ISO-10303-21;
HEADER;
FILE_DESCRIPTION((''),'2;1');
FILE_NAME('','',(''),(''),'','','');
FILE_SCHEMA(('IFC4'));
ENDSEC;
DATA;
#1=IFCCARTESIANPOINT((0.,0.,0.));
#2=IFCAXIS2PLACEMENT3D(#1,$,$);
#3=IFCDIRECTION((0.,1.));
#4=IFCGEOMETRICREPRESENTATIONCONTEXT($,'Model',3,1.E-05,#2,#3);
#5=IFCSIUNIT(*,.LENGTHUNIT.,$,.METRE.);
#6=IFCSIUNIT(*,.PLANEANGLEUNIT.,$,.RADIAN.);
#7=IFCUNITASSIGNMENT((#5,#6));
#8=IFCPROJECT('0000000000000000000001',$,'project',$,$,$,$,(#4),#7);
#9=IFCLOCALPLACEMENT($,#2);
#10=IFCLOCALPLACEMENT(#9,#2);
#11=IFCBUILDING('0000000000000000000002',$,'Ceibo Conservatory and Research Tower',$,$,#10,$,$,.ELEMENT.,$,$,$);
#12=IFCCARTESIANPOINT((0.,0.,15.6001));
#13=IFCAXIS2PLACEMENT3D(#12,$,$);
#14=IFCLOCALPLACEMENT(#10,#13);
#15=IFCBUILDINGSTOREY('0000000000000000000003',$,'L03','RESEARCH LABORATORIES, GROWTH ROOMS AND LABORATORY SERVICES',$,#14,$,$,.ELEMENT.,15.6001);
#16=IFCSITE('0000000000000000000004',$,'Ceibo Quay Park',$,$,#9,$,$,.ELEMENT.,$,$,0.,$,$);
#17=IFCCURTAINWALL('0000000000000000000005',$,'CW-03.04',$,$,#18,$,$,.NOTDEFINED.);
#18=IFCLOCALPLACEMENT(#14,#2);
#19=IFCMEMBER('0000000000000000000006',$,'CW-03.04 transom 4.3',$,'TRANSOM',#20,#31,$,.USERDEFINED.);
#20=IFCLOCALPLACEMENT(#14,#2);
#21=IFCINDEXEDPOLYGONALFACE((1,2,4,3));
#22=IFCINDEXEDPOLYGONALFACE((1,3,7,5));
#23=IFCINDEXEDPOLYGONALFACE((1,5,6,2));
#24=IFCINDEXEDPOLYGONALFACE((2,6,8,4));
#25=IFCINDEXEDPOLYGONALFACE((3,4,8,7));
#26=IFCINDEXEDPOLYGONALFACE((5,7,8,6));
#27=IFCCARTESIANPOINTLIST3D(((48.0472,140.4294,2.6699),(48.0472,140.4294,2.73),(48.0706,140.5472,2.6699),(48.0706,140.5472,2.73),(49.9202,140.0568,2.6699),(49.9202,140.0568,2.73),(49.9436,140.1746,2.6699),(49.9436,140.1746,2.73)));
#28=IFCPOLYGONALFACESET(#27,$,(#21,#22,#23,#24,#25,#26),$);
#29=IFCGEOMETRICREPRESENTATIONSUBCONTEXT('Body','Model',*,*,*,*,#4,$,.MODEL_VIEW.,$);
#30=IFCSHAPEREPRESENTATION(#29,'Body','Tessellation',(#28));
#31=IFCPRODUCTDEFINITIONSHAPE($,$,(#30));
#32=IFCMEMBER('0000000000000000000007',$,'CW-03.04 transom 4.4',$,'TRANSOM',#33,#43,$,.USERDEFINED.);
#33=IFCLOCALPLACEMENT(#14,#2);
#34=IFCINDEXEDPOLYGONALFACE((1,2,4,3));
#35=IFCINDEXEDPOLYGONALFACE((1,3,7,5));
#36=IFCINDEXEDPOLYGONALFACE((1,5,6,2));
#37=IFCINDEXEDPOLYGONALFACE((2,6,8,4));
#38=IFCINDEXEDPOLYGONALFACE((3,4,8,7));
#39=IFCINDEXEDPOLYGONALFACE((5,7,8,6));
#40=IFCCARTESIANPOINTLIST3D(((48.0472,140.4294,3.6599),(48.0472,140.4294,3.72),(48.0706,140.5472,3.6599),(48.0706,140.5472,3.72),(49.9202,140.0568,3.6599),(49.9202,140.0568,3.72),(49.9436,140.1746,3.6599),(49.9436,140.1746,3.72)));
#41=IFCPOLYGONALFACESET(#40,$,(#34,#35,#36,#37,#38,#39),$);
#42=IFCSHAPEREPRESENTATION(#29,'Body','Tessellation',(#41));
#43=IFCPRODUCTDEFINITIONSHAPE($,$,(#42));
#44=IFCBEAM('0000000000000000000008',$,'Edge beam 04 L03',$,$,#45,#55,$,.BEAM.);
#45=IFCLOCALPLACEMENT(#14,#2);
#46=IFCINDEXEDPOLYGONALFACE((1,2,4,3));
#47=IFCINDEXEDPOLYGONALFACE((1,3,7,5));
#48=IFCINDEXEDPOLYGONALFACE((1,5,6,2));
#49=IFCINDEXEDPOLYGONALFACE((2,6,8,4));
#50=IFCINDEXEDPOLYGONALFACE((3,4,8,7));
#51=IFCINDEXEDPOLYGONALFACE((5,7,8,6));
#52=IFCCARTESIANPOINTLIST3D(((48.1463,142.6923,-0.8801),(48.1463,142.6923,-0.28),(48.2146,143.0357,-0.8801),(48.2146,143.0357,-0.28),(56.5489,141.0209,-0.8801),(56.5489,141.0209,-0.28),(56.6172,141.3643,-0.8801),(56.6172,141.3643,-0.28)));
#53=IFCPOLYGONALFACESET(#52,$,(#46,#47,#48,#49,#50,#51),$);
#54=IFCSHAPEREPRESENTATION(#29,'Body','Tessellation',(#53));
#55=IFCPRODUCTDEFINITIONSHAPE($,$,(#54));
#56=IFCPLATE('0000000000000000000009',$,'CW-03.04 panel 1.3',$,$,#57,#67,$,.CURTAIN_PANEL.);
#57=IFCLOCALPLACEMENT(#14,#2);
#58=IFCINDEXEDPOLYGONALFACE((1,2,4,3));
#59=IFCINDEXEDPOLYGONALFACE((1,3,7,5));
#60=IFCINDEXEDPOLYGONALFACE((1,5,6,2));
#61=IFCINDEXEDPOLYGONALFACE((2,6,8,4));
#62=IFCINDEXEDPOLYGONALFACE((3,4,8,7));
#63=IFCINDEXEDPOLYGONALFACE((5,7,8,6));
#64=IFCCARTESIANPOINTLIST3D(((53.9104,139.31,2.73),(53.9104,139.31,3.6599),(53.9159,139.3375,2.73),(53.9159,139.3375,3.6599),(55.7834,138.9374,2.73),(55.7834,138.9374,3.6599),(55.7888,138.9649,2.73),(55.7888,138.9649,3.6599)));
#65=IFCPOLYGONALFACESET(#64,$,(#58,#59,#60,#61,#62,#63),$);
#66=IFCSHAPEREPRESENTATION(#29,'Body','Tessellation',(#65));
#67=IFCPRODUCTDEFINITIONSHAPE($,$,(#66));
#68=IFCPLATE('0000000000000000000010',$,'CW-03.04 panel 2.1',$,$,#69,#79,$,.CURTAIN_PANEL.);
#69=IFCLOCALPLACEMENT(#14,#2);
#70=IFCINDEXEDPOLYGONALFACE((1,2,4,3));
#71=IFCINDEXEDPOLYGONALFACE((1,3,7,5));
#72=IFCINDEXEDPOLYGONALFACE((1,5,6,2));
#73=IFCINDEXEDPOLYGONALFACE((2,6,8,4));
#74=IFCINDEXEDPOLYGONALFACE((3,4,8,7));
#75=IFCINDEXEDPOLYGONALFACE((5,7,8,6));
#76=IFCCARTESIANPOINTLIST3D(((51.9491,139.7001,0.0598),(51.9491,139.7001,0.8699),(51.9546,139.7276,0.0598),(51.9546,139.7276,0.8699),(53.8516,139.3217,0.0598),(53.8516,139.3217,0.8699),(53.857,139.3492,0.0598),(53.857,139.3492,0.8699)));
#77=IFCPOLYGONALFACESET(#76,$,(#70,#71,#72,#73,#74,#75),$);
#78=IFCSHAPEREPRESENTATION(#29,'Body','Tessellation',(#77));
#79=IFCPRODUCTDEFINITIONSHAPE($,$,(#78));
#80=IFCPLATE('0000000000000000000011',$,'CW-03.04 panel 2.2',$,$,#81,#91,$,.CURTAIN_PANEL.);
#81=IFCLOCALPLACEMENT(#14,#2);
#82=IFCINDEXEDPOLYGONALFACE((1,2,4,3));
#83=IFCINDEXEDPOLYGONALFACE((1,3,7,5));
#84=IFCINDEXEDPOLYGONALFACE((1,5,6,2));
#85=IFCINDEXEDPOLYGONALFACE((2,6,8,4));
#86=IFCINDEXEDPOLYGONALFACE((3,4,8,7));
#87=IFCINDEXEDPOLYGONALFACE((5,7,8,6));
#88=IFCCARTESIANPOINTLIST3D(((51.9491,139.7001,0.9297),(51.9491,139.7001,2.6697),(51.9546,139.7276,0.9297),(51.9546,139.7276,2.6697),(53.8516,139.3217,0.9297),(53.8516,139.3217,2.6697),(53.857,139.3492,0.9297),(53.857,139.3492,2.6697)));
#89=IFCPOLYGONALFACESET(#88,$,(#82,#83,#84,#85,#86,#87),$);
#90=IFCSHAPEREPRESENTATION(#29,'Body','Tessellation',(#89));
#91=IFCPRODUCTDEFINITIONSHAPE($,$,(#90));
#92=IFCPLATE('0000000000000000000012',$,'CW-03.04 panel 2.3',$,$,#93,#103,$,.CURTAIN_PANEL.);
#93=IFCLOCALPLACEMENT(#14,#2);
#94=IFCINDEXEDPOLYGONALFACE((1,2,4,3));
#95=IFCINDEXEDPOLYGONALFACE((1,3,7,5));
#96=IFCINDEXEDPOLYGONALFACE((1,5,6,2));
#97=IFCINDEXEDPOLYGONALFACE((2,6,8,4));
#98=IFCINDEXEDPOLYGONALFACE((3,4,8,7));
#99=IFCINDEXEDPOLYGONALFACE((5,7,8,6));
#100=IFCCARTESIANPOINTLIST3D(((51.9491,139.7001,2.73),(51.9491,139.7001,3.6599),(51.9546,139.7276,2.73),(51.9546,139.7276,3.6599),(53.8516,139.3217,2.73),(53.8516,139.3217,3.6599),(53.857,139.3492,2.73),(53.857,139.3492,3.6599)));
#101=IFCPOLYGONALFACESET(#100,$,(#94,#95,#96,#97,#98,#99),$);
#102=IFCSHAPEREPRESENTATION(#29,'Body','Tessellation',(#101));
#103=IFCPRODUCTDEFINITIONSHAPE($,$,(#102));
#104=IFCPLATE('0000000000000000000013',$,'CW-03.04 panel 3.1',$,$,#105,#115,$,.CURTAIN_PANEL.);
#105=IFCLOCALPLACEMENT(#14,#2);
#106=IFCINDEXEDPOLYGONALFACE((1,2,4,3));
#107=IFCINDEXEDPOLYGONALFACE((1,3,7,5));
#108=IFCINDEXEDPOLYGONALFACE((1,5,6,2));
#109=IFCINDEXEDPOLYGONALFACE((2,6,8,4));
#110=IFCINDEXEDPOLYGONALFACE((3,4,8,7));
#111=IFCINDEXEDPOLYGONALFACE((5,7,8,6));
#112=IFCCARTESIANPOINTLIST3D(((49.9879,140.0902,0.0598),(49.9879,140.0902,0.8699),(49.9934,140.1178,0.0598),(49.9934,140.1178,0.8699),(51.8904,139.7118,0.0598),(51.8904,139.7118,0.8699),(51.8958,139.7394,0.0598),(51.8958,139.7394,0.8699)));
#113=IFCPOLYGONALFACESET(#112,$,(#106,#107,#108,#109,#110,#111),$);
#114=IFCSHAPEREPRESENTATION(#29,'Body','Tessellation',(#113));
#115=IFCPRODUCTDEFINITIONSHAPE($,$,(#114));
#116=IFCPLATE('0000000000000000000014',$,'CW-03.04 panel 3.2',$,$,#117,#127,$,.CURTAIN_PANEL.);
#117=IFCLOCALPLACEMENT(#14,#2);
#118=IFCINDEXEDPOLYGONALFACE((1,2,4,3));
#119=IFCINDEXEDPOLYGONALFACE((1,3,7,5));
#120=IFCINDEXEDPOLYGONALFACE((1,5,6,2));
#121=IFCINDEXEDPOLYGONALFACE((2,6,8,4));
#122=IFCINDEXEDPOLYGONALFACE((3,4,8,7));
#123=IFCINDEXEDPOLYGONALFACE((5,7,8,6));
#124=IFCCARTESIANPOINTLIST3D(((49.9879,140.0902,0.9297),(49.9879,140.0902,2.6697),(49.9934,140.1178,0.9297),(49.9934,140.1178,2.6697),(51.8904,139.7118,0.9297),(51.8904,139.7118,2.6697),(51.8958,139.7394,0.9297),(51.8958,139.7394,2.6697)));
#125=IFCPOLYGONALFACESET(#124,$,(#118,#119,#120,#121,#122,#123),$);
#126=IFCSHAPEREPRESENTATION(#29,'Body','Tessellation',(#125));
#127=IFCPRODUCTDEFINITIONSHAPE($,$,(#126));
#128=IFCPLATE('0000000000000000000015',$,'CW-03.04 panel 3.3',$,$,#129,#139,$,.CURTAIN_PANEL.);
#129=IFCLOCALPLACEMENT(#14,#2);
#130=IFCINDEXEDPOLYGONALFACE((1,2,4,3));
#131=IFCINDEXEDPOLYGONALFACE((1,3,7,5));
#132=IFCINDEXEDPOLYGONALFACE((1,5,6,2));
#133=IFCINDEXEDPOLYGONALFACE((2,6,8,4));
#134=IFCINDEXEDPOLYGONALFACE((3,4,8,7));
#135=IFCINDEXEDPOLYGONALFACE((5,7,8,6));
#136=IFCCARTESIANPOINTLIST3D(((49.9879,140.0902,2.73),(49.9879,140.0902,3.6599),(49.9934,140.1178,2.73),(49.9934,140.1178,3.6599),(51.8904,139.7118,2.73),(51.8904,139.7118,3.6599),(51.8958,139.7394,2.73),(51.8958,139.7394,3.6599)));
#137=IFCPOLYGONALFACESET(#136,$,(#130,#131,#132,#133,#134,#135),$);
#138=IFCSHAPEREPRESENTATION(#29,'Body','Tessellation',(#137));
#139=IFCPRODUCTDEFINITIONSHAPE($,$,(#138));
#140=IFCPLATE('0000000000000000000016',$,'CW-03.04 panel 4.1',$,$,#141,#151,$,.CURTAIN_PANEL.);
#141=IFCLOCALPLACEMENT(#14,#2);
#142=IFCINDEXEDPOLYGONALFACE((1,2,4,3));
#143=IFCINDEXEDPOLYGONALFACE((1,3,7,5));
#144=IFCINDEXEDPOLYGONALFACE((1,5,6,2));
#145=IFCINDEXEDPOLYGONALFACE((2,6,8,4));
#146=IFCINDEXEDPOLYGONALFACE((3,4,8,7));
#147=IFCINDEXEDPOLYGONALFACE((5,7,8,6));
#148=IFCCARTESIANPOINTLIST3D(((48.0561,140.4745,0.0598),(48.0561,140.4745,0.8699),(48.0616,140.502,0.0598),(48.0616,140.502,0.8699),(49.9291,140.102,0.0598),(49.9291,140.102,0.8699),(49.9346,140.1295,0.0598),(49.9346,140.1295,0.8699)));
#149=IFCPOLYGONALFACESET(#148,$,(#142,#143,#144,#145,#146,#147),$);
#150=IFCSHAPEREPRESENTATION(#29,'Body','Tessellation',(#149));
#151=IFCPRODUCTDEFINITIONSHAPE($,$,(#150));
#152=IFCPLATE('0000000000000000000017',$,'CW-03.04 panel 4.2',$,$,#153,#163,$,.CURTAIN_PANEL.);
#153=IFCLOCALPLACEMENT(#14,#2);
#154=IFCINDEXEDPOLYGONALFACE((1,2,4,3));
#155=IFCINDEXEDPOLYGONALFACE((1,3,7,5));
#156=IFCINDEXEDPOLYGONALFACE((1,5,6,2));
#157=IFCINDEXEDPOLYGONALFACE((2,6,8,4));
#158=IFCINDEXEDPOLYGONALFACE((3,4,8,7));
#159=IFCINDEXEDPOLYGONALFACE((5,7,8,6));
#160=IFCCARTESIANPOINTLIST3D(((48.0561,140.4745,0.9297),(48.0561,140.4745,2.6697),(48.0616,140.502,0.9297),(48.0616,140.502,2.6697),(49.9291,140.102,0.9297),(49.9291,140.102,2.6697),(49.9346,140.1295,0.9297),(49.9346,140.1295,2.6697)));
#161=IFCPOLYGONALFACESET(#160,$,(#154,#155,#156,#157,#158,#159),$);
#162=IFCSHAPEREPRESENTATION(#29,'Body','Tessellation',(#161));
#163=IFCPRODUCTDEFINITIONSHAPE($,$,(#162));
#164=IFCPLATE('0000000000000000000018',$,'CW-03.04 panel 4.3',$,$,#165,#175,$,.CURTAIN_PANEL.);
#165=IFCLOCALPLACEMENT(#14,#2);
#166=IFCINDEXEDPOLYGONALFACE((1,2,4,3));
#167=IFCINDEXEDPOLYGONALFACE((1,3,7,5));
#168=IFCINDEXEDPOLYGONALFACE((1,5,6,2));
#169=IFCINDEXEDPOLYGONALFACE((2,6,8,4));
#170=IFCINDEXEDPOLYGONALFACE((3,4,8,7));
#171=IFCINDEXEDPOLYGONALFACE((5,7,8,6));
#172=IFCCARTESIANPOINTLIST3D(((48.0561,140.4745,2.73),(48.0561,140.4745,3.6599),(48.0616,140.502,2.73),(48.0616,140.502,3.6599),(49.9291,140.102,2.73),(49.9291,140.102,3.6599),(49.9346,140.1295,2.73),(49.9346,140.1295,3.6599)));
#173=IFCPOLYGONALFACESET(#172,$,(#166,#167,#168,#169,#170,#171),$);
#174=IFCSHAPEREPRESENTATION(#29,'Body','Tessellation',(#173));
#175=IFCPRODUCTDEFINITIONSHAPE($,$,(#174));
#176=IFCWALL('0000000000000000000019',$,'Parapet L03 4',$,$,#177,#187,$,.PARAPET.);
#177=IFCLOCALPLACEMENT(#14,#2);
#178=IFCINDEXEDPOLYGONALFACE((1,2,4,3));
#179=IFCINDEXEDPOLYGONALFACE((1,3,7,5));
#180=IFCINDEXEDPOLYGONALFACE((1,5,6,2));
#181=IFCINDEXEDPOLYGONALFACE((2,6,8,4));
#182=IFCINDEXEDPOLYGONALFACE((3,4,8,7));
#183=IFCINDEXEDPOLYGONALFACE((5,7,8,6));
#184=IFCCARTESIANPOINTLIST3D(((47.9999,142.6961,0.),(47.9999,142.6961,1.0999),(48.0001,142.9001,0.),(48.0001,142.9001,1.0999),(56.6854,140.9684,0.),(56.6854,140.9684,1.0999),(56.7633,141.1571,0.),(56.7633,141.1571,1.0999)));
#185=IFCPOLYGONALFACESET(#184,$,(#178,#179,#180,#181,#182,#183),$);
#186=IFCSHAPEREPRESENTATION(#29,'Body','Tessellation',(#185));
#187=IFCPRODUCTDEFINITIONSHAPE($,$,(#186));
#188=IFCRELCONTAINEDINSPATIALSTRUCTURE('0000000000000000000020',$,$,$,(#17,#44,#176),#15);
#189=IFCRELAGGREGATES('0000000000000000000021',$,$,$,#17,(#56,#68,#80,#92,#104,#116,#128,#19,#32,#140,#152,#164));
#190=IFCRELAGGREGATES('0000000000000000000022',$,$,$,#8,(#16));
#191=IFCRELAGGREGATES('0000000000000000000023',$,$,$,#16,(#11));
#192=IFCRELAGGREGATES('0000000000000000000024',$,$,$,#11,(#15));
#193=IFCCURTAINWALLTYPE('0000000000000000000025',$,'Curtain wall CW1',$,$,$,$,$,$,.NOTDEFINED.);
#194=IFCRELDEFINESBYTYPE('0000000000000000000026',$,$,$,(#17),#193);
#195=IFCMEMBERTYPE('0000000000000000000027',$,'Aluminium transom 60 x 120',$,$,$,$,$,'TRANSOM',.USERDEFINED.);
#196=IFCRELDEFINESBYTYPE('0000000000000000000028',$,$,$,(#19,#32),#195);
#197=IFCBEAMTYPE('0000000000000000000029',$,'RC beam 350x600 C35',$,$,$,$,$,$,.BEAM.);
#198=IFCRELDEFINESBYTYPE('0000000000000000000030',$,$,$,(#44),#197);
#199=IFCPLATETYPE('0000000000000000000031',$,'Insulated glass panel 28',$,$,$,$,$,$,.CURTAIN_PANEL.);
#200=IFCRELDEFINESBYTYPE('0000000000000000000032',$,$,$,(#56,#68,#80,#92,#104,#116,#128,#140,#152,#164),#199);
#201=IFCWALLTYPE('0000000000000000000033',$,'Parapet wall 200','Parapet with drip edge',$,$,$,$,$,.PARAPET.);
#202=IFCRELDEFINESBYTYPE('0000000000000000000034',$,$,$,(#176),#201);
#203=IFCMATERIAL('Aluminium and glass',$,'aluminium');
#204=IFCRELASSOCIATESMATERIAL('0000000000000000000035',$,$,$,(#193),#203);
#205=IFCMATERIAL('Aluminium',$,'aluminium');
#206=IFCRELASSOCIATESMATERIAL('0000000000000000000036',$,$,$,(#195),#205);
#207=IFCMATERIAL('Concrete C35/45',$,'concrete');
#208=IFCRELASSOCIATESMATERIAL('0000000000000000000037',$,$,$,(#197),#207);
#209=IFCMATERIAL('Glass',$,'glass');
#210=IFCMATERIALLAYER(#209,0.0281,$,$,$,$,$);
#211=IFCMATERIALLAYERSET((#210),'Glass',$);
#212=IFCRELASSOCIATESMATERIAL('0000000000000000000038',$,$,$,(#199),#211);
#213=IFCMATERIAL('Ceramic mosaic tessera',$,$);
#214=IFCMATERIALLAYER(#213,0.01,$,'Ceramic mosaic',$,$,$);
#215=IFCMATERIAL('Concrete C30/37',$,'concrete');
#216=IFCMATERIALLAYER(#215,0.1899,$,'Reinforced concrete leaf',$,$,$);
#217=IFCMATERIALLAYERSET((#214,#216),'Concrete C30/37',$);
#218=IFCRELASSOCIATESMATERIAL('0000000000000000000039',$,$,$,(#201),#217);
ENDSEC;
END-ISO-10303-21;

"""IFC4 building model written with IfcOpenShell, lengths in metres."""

from ifc_helpers import new_model, si_unit, direction, frame, origin, origin_2d, place, context, subcontext, project, spatial, polyline, rectangle, outline, extrude, material, layer, layer_set, material_profile, profile_set, type_object, element, aggregate, save


model = new_model("IFC4")

# Units and contexts
model_context = context("Model", 3, precision=1e-05, world=origin(), true_north=direction((0.0, 1.0)))
body_context = subcontext(model_context, "Body", "Model", "MODEL_VIEW")
ifc_project = project(units=[si_unit("LENGTHUNIT", "METRE"), si_unit("PLANEANGLEUNIT", "RADIAN")], contexts=[model_context])

# Site, building, storey
site_placement = place(None, origin())
site = spatial("IfcSite", under=ifc_project, at=site_placement, Name="Ceibo Quay Park", CompositionType="ELEMENT", RefElevation=0.0)
building_placement = place(site_placement, origin())
building = spatial("IfcBuilding", under=site, at=building_placement, Name="Ceibo Conservatory and Research Tower", CompositionType="ELEMENT")
storey_placement = place(building_placement, frame((0.0, 0.0, 15.6001)))
storey = spatial("IfcBuildingStorey", under=building, at=storey_placement, Name="L03", Description="RESEARCH LABORATORIES, GROWTH ROOMS AND LABORATORY SERVICES", CompositionType="ELEMENT", Elevation=15.6001)

# Curtain wall, members
ifc_material_1 = material(Name="Aluminium and glass", Category="aluminium")
curtain_wall_type = type_object("IfcCurtainWallType", Name="Curtain wall CW1", PredefinedType="NOTDEFINED", material=ifc_material_1)
curtain_wall_placement = place(storey_placement, origin())
curtain_wall = element("IfcCurtainWall", 1, at=curtain_wall_placement, inside=storey, type_object=curtain_wall_type, Name="CW-03.04", PredefinedType="NOTDEFINED")
ifc_material_2 = material(Name="Aluminium", Category="aluminium")
ifc_material_profile_1 = material_profile(ifc_material_2, rectangle(XDim=0.1201, YDim=0.0601, at=origin_2d()), Name="Aluminium 60 x 120")
ifc_profile_set_1 = profile_set([ifc_material_profile_1], Name="Aluminium")
member_type_1 = type_object("IfcMemberType", Name="Aluminium transom 60 x 120", ElementType="TRANSOM", PredefinedType="USERDEFINED", material=ifc_profile_set_1)
member_1_placement = place(storey_placement, frame((49.9319, 140.1157, 2.7), z_axis=(-0.980787, 0.195083, 0.0), x_axis=(-0.195083, -0.980787, 0.0)))
member_1 = element("IfcMember", 2, at=member_1_placement, type_object=member_type_1, Name="CW-03.04 transom 4.3", ObjectType="TRANSOM", PredefinedType="USERDEFINED", context=body_context, shape_type="SweptSolid", body=[
    extrude(rectangle(XDim=0.1201, YDim=0.0601, at=origin_2d()), origin(), (0.0, 0.0, 1.0), 1.9097),
])
member_2_placement = place(storey_placement, frame((49.9319, 140.1157, 3.6899), z_axis=(-0.980787, 0.195083, 0.0), x_axis=(-0.195083, -0.980787, 0.0)))
member_2 = element("IfcMember", 3, at=member_2_placement, type_object=member_type_1, Name="CW-03.04 transom 4.4", ObjectType="TRANSOM", PredefinedType="USERDEFINED", context=body_context, shape_type="SweptSolid", body=[
    extrude(rectangle(XDim=0.1201, YDim=0.0601, at=origin_2d()), origin(), (0.0, 0.0, 1.0), 1.9097),
])

# Beam
ifc_material_3 = material(Name="Concrete C35/45", Category="concrete")
ifc_material_profile_2 = material_profile(ifc_material_3, rectangle(XDim=0.3501, YDim=0.6001, at=origin_2d()), Name="RC 350x600")
ifc_profile_set_2 = profile_set([ifc_material_profile_2], Name="Concrete C35/45")
beam_type = type_object("IfcBeamType", Name="RC beam 350x600 C35", PredefinedType="BEAM", material=ifc_profile_set_2)
beam_placement = place(storey_placement, frame((56.583, 141.1926, -0.5801), z_axis=(-0.980785, 0.195091, 0.0), x_axis=(-0.195091, -0.980785, 0.0)))
element("IfcBeam", 4, at=beam_placement, inside=storey, type_object=beam_type, Name="Edge beam 04 L03", PredefinedType="BEAM", context=body_context, shape_type="SweptSolid", body=[
    extrude(rectangle(XDim=0.3501, YDim=0.6001, at=origin_2d()), origin(), (0.0, 0.0, 1.0), 8.5671),
])

# Plates
ifc_material_4 = material(Name="Glass", Category="glass")
ifc_layer_1 = layer(ifc_material_4, 0.0281)
ifc_layer_set_1 = layer_set([ifc_layer_1], Name="Glass")
plate_type = type_object("IfcPlateType", Name="Insulated glass panel 28", PredefinedType="CURTAIN_PANEL", material=ifc_layer_set_1)
plate_1_placement = place(storey_placement, frame((54.8496, 139.1375, 2.73), z_axis=(0.0, 0.0, 1.0), x_axis=(-0.980785, 0.19509, 0.0)))
plate_1 = element("IfcPlate", 5, at=plate_1_placement, type_object=plate_type, Name="CW-03.04 panel 1.3", PredefinedType="CURTAIN_PANEL", context=body_context, shape_type="SweptSolid", body=[
    extrude(rectangle(XDim=1.9097, YDim=0.0281, at=origin_2d()), origin(), (0.0, 0.0, 1.0), 0.9299),
])
plate_2_placement = place(storey_placement, frame((52.9031, 139.5247, 0.0598), z_axis=(0.0, 0.0, 1.0), x_axis=(-0.980785, 0.19509, 0.0)))
plate_2 = element("IfcPlate", 6, at=plate_2_placement, type_object=plate_type, Name="CW-03.04 panel 2.1", PredefinedType="CURTAIN_PANEL", context=body_context, shape_type="SweptSolid", body=[
    extrude(rectangle(XDim=1.9397, YDim=0.0281, at=origin_2d()), origin(), (0.0, 0.0, 1.0), 0.8101),
])
plate_3_placement = place(storey_placement, frame((52.9031, 139.5247, 0.9297), z_axis=(0.0, 0.0, 1.0), x_axis=(-0.980785, 0.19509, 0.0)))
plate_3 = element("IfcPlate", 7, at=plate_3_placement, type_object=plate_type, Name="CW-03.04 panel 2.2", PredefinedType="CURTAIN_PANEL", context=body_context, shape_type="SweptSolid", body=[
    extrude(rectangle(XDim=1.9397, YDim=0.0281, at=origin_2d()), origin(), (0.0, 0.0, 1.0), 1.74),
])
plate_4_placement = place(storey_placement, frame((52.9031, 139.5247, 2.73), z_axis=(0.0, 0.0, 1.0), x_axis=(-0.980785, 0.19509, 0.0)))
plate_4 = element("IfcPlate", 8, at=plate_4_placement, type_object=plate_type, Name="CW-03.04 panel 2.3", PredefinedType="CURTAIN_PANEL", context=body_context, shape_type="SweptSolid", body=[
    extrude(rectangle(XDim=1.9397, YDim=0.0281, at=origin_2d()), origin(), (0.0, 0.0, 1.0), 0.9299),
])
plate_5_placement = place(storey_placement, frame((50.9419, 139.9148, 0.0598), z_axis=(0.0, 0.0, 1.0), x_axis=(-0.980785, 0.19509, 0.0)))
plate_5 = element("IfcPlate", 9, at=plate_5_placement, type_object=plate_type, Name="CW-03.04 panel 3.1", PredefinedType="CURTAIN_PANEL", context=body_context, shape_type="SweptSolid", body=[
    extrude(rectangle(XDim=1.9397, YDim=0.0281, at=origin_2d()), origin(), (0.0, 0.0, 1.0), 0.8101),
])
plate_6_placement = place(storey_placement, frame((50.9419, 139.9148, 0.9297), z_axis=(0.0, 0.0, 1.0), x_axis=(-0.980785, 0.19509, 0.0)))
plate_6 = element("IfcPlate", 10, at=plate_6_placement, type_object=plate_type, Name="CW-03.04 panel 3.2", PredefinedType="CURTAIN_PANEL", context=body_context, shape_type="SweptSolid", body=[
    extrude(rectangle(XDim=1.9397, YDim=0.0281, at=origin_2d()), origin(), (0.0, 0.0, 1.0), 1.74),
])
plate_7_placement = place(storey_placement, frame((50.9419, 139.9148, 2.73), z_axis=(0.0, 0.0, 1.0), x_axis=(-0.980785, 0.19509, 0.0)))
plate_7 = element("IfcPlate", 11, at=plate_7_placement, type_object=plate_type, Name="CW-03.04 panel 3.3", PredefinedType="CURTAIN_PANEL", context=body_context, shape_type="SweptSolid", body=[
    extrude(rectangle(XDim=1.9397, YDim=0.0281, at=origin_2d()), origin(), (0.0, 0.0, 1.0), 0.9299),
])
plate_8_placement = place(storey_placement, frame((48.9954, 140.302, 0.0598), z_axis=(0.0, 0.0, 1.0), x_axis=(-0.980785, 0.19509, 0.0)))
plate_8 = element("IfcPlate", 12, at=plate_8_placement, type_object=plate_type, Name="CW-03.04 panel 4.1", PredefinedType="CURTAIN_PANEL", context=body_context, shape_type="SweptSolid", body=[
    extrude(rectangle(XDim=1.9097, YDim=0.0281, at=origin_2d()), origin(), (0.0, 0.0, 1.0), 0.8101),
])
plate_9_placement = place(storey_placement, frame((48.9954, 140.302, 0.9297), z_axis=(0.0, 0.0, 1.0), x_axis=(-0.980785, 0.19509, 0.0)))
plate_9 = element("IfcPlate", 13, at=plate_9_placement, type_object=plate_type, Name="CW-03.04 panel 4.2", PredefinedType="CURTAIN_PANEL", context=body_context, shape_type="SweptSolid", body=[
    extrude(rectangle(XDim=1.9097, YDim=0.0281, at=origin_2d()), origin(), (0.0, 0.0, 1.0), 1.74),
])
plate_10_placement = place(storey_placement, frame((48.9954, 140.302, 2.73), z_axis=(0.0, 0.0, 1.0), x_axis=(-0.980785, 0.19509, 0.0)))
plate_10 = element("IfcPlate", 14, at=plate_10_placement, type_object=plate_type, Name="CW-03.04 panel 4.3", PredefinedType="CURTAIN_PANEL", context=body_context, shape_type="SweptSolid", body=[
    extrude(rectangle(XDim=1.9097, YDim=0.0281, at=origin_2d()), origin(), (0.0, 0.0, 1.0), 0.9299),
])
aggregate(curtain_wall, [plate_1, plate_2, plate_3, plate_4, plate_5, plate_6, plate_7, member_1, member_2, plate_8, plate_9, plate_10])

# Wall
ifc_material_5 = material(Name="Ceramic mosaic tessera")
ifc_layer_2 = layer(ifc_material_5, 0.01, Name="Ceramic mosaic")
ifc_material_6 = material(Name="Concrete C30/37", Category="concrete")
ifc_layer_3 = layer(ifc_material_6, 0.1899, Name="Reinforced concrete leaf")
ifc_layer_set_2 = layer_set([ifc_layer_2, ifc_layer_3], Name="Concrete C30/37")
wall_type = type_object("IfcWallType", Name="Parapet wall 200", Description="Parapet with drip edge", PredefinedType="PARAPET", material=ifc_layer_set_2)
for number, where, z_axis, x_axis, name in (
    (15, (56.7244, 141.0627, 0.0), (0.0, 0.0, 1.0), (-0.980786, 0.195087, 0.0), "Parapet L03 4"),
):
    element("IfcWall", number, at=place(storey_placement, frame(where, z_axis=z_axis, x_axis=x_axis)), inside=storey, type_object=wall_type, Name=name, PredefinedType="PARAPET", context=body_context, shape_type="SweptSolid", body=[
        extrude(outline(polyline([(-0.0198, -0.1001), (8.915, -0.1001), (8.8755, 0.1001), (0.0198, 0.1001), (-0.0198, -0.1001)])), origin(), (0.0, 0.0, 1.0), 1.0999),
    ])

save(model, "model.ifc")
